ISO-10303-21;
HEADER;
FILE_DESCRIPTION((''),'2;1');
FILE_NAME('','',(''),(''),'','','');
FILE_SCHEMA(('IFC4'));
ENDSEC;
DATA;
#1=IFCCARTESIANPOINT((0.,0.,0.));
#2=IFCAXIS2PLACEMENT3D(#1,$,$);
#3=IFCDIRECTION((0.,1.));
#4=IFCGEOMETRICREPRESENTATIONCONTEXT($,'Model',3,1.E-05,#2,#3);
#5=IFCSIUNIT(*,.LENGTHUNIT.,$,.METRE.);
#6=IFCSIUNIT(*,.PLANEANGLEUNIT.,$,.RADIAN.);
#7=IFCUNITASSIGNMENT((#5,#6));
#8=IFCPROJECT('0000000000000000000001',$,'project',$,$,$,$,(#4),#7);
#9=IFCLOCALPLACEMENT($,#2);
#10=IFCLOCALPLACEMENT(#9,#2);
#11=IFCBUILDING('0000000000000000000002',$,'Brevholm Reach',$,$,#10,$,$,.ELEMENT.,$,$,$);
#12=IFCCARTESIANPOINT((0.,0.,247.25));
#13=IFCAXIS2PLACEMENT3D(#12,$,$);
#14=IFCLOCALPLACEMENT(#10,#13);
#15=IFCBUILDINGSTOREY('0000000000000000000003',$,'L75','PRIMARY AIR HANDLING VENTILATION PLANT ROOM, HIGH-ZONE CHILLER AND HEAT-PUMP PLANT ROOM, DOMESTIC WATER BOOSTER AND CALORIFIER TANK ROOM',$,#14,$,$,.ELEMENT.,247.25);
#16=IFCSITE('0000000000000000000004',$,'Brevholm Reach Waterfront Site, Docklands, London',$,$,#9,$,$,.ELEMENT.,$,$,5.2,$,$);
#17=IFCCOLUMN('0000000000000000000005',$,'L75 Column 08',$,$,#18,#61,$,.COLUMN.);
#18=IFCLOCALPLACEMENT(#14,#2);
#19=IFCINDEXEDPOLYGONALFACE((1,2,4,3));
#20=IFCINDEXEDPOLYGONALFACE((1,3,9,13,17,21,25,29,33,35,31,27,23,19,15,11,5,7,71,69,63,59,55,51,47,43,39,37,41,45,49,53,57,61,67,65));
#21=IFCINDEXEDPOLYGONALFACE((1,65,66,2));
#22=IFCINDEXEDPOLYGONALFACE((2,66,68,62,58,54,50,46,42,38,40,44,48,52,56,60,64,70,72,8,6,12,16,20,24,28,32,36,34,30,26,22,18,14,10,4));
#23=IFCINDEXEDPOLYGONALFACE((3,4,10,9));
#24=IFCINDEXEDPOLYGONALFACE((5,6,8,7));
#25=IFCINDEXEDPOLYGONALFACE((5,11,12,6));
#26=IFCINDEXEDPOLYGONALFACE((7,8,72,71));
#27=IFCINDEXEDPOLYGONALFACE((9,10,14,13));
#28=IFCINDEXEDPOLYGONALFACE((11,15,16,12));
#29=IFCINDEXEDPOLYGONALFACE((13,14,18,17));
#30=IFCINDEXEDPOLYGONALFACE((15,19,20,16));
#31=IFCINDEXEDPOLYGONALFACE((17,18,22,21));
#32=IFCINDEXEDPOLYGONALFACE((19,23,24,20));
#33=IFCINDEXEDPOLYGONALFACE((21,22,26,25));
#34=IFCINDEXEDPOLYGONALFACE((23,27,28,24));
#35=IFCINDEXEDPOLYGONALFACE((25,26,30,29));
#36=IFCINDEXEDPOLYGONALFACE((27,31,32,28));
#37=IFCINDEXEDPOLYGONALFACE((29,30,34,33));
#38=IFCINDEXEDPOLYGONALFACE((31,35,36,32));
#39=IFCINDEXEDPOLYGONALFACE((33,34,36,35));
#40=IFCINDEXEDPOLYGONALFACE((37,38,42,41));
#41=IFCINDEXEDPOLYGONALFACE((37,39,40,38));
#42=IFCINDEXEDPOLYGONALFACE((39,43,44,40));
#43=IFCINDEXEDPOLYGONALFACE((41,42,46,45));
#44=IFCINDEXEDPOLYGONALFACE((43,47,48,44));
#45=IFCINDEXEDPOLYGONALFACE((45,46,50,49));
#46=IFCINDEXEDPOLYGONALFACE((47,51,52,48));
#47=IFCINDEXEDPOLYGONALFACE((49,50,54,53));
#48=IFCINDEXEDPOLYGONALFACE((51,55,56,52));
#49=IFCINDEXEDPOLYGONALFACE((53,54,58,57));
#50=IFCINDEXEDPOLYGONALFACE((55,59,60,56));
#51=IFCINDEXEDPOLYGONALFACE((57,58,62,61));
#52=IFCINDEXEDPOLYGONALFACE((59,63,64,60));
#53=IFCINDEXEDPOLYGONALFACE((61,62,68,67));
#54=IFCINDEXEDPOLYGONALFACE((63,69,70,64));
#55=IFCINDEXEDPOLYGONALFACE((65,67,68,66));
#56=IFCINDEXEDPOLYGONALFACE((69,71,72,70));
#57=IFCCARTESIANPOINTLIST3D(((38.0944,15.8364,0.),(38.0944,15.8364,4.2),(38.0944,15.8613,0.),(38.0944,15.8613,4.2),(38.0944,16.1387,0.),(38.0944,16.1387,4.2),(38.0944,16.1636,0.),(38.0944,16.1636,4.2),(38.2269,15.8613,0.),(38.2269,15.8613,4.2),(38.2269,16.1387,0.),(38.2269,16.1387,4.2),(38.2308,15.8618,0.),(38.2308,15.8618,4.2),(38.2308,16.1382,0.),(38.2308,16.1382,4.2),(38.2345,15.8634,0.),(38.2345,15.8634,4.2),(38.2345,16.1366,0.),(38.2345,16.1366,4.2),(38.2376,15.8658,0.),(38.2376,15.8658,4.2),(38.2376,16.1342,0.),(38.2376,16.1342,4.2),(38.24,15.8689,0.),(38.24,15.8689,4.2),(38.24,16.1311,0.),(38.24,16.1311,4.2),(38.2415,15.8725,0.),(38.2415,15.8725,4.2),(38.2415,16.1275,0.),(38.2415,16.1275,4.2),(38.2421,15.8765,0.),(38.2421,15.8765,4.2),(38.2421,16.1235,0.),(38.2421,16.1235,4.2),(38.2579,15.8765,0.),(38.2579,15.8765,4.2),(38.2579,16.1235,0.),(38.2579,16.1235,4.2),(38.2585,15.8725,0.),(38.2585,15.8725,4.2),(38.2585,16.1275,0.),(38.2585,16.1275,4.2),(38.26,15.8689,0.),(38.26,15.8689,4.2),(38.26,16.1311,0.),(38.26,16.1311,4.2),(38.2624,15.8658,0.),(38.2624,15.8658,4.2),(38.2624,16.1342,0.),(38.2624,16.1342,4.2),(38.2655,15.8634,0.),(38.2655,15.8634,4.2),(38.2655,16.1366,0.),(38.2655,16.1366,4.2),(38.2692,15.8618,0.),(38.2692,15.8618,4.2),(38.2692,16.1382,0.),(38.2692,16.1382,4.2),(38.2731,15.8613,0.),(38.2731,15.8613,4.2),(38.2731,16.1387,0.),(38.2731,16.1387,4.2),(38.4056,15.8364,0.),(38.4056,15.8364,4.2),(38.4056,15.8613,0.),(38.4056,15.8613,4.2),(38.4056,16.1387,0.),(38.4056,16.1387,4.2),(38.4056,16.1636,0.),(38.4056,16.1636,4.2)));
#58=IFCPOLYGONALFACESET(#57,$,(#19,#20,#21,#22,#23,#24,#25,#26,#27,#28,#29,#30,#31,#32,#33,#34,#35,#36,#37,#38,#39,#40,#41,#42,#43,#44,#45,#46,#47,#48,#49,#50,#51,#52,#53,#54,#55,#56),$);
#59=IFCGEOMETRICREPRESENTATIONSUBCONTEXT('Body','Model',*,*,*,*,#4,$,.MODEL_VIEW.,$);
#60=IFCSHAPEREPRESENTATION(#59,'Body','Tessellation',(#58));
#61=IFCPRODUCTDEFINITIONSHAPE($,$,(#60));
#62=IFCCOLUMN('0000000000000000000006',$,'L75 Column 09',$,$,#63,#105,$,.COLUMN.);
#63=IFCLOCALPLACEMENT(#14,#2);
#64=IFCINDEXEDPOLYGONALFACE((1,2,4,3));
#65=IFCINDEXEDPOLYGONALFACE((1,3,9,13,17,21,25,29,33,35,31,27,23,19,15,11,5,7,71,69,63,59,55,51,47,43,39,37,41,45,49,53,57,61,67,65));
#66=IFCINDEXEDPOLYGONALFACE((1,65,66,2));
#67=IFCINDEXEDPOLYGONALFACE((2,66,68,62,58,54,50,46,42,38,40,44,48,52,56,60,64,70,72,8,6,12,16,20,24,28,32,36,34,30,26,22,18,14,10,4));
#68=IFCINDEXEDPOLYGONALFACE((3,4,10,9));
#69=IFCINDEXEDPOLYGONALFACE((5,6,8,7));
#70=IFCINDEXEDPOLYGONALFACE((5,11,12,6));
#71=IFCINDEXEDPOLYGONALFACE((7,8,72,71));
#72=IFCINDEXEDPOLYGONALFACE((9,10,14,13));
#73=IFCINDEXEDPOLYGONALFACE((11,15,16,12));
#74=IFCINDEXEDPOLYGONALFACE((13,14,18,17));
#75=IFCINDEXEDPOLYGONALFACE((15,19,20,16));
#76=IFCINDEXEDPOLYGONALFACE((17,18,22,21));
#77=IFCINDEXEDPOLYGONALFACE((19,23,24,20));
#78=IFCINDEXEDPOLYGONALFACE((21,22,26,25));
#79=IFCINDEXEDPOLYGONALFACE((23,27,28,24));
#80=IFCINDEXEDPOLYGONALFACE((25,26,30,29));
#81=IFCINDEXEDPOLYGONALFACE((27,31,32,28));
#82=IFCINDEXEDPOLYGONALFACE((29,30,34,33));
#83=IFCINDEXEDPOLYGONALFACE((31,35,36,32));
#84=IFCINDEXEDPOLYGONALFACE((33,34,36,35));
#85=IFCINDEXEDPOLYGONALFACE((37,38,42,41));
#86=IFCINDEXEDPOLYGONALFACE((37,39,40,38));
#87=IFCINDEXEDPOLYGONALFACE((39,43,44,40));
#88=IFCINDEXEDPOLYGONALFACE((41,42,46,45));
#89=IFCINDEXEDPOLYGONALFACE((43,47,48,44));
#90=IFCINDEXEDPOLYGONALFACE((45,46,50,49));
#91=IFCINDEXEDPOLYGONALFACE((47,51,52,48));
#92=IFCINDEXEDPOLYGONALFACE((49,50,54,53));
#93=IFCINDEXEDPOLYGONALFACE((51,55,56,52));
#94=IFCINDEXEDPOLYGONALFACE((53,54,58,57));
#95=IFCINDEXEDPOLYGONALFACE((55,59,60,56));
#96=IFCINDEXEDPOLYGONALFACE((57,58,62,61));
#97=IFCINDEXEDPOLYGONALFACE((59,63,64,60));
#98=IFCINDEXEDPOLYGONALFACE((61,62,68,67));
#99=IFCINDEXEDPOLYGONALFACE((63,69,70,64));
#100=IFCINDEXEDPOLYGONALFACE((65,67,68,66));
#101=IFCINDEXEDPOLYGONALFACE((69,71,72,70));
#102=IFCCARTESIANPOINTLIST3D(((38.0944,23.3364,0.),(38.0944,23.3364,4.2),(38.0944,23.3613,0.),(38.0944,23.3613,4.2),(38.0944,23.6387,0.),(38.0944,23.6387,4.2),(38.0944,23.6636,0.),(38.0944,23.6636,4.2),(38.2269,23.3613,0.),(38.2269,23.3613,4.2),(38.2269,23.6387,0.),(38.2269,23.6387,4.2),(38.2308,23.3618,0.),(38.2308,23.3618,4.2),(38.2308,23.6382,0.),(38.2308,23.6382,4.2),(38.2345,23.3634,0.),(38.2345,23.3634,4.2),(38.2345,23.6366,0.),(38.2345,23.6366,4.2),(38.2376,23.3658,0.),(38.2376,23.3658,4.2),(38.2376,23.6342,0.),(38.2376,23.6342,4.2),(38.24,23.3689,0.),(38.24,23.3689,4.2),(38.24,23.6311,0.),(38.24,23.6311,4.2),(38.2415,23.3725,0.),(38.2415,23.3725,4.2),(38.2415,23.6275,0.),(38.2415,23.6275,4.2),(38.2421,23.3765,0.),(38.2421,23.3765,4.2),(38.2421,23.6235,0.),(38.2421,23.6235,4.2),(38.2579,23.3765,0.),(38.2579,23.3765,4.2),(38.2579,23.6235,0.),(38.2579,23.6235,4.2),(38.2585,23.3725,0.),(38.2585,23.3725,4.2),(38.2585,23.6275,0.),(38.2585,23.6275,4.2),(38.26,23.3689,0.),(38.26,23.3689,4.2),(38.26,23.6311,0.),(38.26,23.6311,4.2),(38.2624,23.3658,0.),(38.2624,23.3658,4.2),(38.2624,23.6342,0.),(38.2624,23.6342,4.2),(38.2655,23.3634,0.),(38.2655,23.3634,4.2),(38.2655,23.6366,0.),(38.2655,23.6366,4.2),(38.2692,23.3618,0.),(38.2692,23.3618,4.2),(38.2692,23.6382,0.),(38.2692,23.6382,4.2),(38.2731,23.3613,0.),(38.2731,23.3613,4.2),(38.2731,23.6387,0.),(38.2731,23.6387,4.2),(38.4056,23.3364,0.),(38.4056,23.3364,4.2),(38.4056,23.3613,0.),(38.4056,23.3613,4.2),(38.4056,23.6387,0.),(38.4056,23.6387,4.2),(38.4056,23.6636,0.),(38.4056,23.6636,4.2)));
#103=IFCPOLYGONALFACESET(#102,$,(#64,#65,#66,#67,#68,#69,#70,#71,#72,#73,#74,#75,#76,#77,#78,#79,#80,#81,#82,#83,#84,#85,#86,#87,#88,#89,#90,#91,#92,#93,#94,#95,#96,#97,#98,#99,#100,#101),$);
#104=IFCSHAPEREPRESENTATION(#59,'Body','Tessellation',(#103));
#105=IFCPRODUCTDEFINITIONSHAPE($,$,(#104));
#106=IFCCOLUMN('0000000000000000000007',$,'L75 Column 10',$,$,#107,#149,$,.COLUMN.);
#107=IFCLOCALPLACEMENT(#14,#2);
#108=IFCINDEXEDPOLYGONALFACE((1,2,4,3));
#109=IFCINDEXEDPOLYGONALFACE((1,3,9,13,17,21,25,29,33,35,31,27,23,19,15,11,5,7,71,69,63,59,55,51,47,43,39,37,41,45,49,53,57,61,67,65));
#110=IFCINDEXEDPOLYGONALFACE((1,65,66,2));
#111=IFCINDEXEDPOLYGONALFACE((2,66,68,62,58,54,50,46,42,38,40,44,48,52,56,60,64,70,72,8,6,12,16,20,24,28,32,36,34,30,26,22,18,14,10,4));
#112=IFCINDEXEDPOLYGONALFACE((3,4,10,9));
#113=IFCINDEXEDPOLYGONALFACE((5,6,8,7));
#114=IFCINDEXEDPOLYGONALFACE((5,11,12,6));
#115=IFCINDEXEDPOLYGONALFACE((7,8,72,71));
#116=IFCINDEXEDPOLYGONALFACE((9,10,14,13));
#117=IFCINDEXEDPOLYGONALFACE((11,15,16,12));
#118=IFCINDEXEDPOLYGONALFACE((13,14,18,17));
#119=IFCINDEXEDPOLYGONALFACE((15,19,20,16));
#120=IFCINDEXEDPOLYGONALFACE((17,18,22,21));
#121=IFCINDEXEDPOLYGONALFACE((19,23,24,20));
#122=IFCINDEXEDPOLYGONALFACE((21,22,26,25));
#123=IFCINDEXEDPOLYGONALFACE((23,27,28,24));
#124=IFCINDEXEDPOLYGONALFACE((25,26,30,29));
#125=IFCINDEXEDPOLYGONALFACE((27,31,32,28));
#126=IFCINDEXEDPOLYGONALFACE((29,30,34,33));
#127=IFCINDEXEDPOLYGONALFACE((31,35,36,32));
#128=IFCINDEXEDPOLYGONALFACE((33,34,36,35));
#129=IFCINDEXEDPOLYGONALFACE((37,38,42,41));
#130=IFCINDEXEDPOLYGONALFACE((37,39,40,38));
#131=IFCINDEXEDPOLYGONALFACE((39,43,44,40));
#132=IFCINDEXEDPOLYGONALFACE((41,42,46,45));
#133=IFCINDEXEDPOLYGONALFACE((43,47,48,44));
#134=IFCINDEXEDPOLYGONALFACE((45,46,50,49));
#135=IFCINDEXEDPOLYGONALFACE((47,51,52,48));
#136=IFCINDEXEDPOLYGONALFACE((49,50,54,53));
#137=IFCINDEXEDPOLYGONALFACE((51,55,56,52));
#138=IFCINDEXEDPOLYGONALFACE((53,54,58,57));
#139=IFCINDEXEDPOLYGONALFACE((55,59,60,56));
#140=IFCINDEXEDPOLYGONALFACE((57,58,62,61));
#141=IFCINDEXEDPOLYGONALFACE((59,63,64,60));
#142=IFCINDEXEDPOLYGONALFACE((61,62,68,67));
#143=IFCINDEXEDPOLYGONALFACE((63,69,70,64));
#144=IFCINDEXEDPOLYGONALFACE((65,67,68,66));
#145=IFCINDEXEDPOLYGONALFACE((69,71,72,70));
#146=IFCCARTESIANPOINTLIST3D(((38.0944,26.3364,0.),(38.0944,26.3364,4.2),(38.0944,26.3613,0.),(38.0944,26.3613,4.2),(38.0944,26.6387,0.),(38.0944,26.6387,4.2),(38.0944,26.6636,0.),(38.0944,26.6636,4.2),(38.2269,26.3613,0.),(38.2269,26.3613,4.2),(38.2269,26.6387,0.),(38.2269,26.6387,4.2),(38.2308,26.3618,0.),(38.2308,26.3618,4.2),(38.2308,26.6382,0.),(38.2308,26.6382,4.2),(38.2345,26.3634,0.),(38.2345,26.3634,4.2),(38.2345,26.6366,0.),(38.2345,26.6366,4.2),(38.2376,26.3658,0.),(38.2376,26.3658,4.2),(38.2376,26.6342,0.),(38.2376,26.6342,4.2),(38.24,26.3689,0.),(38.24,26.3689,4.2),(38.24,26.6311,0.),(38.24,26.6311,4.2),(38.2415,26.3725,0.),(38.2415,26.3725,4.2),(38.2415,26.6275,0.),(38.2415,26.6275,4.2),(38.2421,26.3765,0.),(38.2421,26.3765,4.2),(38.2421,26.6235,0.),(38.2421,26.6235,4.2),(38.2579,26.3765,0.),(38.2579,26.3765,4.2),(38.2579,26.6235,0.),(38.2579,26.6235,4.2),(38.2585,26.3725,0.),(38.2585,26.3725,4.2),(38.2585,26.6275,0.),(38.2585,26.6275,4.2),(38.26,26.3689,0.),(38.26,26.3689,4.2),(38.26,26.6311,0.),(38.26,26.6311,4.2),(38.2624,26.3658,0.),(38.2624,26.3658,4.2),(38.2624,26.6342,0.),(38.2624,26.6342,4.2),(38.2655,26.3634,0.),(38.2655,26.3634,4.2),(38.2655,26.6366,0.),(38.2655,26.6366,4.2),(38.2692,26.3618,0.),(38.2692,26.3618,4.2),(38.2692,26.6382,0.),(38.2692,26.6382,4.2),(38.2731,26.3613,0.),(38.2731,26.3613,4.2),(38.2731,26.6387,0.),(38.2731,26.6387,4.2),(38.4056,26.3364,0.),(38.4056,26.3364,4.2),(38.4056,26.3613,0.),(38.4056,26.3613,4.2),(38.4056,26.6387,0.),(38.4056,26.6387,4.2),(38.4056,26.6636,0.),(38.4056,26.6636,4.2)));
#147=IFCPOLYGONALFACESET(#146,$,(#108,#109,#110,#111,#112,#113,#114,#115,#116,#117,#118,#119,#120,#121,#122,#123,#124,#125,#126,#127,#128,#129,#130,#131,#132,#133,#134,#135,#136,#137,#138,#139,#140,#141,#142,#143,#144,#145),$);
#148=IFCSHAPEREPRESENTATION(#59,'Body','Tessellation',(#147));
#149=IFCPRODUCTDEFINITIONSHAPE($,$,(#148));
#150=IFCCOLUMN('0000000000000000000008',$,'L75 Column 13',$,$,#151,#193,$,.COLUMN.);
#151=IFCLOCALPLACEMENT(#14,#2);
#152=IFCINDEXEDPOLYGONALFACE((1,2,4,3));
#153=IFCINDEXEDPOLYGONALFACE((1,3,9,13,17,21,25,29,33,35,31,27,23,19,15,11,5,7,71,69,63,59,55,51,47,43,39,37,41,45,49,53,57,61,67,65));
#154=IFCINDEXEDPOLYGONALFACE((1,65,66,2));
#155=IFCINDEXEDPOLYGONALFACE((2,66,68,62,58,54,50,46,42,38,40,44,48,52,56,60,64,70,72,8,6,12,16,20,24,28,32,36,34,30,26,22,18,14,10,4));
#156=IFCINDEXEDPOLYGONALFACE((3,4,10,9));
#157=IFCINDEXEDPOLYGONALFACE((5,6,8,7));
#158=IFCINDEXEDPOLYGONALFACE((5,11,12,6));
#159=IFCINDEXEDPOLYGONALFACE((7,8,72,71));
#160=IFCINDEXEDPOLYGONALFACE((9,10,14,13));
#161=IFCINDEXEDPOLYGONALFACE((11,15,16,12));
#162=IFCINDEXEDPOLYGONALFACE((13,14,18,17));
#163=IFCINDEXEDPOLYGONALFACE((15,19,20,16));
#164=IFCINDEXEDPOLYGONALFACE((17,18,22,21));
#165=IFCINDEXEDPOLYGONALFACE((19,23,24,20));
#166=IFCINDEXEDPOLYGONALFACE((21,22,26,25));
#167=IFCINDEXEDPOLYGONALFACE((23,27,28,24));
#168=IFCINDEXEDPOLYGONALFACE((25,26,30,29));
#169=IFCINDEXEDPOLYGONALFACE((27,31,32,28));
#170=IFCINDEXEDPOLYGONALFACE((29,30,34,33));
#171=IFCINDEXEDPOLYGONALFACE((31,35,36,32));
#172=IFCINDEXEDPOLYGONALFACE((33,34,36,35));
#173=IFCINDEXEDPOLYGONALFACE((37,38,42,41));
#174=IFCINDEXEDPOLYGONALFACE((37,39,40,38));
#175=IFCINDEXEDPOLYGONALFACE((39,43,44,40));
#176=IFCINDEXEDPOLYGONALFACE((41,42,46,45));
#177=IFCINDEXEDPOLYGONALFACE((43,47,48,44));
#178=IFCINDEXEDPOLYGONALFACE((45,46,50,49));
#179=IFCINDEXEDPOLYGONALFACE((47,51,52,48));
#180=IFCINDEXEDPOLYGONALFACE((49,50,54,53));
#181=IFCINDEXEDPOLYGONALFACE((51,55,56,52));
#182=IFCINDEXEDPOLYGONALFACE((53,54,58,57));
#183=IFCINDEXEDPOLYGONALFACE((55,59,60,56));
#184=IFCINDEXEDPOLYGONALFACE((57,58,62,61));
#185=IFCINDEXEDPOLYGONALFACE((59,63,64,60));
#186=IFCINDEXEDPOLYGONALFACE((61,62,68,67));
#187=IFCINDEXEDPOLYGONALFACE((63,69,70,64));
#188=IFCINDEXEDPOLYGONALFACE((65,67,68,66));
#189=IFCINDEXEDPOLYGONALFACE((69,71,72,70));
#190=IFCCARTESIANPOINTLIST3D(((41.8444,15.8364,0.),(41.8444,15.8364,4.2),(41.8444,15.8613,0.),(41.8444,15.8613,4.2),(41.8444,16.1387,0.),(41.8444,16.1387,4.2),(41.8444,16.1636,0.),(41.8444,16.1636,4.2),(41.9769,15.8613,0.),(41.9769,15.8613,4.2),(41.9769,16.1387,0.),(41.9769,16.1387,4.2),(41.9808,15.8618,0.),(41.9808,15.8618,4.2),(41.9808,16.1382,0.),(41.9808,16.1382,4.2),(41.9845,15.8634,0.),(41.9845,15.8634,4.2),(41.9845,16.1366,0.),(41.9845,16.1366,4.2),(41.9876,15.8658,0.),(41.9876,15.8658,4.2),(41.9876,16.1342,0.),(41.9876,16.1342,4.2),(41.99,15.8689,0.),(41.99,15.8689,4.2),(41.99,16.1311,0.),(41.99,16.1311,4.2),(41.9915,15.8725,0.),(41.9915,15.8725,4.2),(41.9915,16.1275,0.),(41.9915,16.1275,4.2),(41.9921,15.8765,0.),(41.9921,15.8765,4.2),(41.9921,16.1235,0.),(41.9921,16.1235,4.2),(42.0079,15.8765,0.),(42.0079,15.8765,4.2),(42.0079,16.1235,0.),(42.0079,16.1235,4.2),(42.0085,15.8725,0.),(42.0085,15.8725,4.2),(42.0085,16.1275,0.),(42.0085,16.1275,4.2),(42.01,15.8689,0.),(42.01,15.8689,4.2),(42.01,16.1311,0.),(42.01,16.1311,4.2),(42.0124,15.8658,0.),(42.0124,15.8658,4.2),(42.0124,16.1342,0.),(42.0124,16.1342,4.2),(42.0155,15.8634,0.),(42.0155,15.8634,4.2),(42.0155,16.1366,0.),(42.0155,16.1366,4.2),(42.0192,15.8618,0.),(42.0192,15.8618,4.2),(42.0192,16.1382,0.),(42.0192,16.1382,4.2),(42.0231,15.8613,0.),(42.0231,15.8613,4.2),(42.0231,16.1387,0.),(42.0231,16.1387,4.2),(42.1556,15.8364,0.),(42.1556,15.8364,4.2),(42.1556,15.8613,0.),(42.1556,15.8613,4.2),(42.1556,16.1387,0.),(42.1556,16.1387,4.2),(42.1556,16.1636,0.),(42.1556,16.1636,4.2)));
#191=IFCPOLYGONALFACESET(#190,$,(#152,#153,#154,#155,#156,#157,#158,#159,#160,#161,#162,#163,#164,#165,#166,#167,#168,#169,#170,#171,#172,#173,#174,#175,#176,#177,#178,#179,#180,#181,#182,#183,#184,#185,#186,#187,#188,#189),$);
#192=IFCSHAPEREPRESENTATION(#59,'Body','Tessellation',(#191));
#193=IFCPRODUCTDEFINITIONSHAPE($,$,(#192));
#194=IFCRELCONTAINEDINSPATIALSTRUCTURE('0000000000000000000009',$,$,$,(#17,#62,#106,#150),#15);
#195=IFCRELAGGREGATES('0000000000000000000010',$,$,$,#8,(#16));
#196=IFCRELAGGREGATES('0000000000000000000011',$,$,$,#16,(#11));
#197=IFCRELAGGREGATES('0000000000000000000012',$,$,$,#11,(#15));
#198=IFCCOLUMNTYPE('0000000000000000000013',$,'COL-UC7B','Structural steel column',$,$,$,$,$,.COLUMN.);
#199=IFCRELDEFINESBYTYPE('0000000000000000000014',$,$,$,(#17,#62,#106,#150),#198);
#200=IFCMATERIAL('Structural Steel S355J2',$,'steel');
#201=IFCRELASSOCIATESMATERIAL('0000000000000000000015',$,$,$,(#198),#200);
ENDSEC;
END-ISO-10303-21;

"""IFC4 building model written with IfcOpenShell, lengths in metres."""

from ifc_helpers import new_model, si_unit, direction, frame, origin, origin_2d, place, context, subcontext, project, spatial, i_section, extrude, material, material_profile, profile_set, type_object, element, save


model = new_model("IFC4")

# Units and contexts
model_context = context("Model", 3, precision=1e-05, world=origin(), true_north=direction((0.0, 1.0)))
body_context = subcontext(model_context, "Body", "Model", "MODEL_VIEW")
ifc_project = project(units=[si_unit("LENGTHUNIT", "METRE"), si_unit("PLANEANGLEUNIT", "RADIAN")], contexts=[model_context])

# Site, building, storey
site_placement = place(None, origin())
site = spatial("IfcSite", under=ifc_project, at=site_placement, Name="Brevholm Reach Waterfront Site, Docklands, London", CompositionType="ELEMENT", RefElevation=5.2)
building_placement = place(site_placement, origin())
building = spatial("IfcBuilding", under=site, at=building_placement, Name="Brevholm Reach", CompositionType="ELEMENT")
storey_placement = place(building_placement, frame((0.0, 0.0, 247.25)))
storey = spatial("IfcBuildingStorey", under=building, at=storey_placement, Name="L75", Description="PRIMARY AIR HANDLING VENTILATION PLANT ROOM, HIGH-ZONE CHILLER AND HEAT-PUMP PLANT ROOM, DOMESTIC WATER BOOSTER AND CALORIFIER TANK ROOM", CompositionType="ELEMENT", Elevation=247.25)

# Columns
ifc_material_1 = material(Name="Structural Steel S355J2", Category="steel")
ifc_material_profile_1 = material_profile(ifc_material_1, i_section(OverallWidth=0.3113, OverallDepth=0.3271, WebThickness=0.0159, FlangeThickness=0.0249, FilletRadius=0.0151, at=origin_2d()), Name="UKC 305x305x158")
ifc_profile_set_1 = profile_set([ifc_material_profile_1], Name="Structural Steel S355J2")
column_type = type_object("IfcColumnType", Name="COL-UC7B", Description="Structural steel column", PredefinedType="COLUMN", material=ifc_profile_set_1)
for number, where, z_axis, x_axis, name in (
    (1, (38.25, 16.0, 0.0), (0.0, 0.0, 1.0), (1.0, 0.0, 0.0), "L75 Column 08"),
    (2, (38.25, 23.5, 0.0), (0.0, 0.0, 1.0), (1.0, 0.0, 0.0), "L75 Column 09"),
    (3, (38.25, 26.5, 0.0), (0.0, 0.0, 1.0), (1.0, 0.0, 0.0), "L75 Column 10"),
    (4, (42.0, 16.0, 0.0), (0.0, 0.0, 1.0), (1.0, 0.0, 0.0), "L75 Column 13"),
):
    element("IfcColumn", number, at=place(storey_placement, frame(where, z_axis=z_axis, x_axis=x_axis)), inside=storey, type_object=column_type, Name=name, PredefinedType="COLUMN", context=body_context, shape_type="SweptSolid", body=[
        extrude(i_section(OverallWidth=0.3113, OverallDepth=0.3271, WebThickness=0.0159, FlangeThickness=0.0249, FilletRadius=0.0151, at=origin_2d()), origin(), (0.0, 0.0, 1.0), 4.2),
    ])

save(model, "model.ifc")
